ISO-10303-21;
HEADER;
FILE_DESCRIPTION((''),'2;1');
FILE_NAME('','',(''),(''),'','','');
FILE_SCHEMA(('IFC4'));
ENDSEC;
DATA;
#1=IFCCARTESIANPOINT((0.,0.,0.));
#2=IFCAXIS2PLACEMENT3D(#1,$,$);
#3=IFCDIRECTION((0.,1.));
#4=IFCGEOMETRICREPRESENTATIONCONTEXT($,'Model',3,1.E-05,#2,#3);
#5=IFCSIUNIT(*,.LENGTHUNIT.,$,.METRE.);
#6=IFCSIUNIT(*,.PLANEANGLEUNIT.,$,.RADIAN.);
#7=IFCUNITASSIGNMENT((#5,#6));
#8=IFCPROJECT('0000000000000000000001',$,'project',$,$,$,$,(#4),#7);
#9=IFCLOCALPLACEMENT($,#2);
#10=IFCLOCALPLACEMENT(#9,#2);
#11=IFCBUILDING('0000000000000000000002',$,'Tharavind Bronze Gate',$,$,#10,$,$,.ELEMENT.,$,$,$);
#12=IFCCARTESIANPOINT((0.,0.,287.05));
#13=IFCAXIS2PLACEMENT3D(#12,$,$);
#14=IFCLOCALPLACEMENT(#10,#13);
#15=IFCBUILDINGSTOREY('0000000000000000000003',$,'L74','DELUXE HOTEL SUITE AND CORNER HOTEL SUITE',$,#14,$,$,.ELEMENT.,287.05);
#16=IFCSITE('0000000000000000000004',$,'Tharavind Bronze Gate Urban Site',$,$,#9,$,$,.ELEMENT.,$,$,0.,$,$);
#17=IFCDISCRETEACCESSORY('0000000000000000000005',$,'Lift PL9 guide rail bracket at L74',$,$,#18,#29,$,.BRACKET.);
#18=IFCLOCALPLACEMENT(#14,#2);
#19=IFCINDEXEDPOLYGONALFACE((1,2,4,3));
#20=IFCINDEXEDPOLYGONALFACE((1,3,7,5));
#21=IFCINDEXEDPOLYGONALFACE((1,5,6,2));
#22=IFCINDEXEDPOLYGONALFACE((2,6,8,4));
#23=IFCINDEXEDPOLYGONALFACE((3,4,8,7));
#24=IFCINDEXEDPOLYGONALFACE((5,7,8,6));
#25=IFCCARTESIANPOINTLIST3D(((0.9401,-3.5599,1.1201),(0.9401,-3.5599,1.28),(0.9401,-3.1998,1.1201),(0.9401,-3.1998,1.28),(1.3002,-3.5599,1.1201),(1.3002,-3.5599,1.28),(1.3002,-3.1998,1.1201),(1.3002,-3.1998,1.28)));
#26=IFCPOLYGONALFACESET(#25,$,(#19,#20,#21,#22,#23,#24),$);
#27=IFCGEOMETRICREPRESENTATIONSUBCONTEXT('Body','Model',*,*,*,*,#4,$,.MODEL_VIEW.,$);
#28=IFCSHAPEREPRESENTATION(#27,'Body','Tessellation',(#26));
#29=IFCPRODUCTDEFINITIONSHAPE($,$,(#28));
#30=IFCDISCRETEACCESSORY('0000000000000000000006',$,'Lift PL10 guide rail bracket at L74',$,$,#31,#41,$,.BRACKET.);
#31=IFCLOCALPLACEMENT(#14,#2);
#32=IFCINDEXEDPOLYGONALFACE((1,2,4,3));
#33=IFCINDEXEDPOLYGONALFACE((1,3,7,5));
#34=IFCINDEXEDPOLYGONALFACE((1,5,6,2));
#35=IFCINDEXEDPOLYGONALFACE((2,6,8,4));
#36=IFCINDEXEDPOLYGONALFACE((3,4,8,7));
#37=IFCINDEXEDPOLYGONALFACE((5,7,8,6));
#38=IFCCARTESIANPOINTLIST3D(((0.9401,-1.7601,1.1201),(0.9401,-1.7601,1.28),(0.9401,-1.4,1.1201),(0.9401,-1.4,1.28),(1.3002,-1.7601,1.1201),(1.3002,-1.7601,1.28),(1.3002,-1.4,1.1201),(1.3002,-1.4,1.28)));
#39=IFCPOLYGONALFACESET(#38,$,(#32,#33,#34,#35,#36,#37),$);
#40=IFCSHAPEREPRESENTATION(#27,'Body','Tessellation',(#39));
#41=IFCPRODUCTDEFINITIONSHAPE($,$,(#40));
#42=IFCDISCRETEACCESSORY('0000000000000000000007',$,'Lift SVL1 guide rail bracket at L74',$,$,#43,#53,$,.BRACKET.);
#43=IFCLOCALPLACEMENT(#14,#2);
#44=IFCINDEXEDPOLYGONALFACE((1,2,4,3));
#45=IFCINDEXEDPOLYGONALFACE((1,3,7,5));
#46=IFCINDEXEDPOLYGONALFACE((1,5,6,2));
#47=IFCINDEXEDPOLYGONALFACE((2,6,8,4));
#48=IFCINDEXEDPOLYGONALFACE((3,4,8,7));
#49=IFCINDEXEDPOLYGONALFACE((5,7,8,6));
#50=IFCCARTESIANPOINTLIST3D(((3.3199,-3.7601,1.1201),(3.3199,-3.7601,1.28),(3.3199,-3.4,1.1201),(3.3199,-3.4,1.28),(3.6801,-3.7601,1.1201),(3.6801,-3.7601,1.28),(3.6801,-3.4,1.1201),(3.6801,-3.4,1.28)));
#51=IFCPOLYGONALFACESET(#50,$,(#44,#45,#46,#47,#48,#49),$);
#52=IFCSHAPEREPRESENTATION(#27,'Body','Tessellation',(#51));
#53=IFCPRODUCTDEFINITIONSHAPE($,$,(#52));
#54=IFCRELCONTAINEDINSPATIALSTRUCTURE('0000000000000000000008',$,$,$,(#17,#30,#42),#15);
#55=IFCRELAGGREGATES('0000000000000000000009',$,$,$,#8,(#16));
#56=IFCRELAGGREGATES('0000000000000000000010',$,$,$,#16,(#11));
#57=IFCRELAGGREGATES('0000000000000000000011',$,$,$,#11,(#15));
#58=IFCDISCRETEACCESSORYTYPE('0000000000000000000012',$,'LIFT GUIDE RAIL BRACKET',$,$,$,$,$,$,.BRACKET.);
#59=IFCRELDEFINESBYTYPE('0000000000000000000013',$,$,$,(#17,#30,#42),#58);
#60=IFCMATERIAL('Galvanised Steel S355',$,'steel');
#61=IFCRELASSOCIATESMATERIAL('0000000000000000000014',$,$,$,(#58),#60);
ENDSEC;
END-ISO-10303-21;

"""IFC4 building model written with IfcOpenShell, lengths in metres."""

from ifc_helpers import new_model, si_unit, direction, frame, origin, origin_2d, place, context, subcontext, project, spatial, rectangle, extrude, material, type_object, element, save


model = new_model("IFC4")

# Units and contexts
model_context = context("Model", 3, precision=1e-05, world=origin(), true_north=direction((0.0, 1.0)))
body_context = subcontext(model_context, "Body", "Model", "MODEL_VIEW")
ifc_project = project(units=[si_unit("LENGTHUNIT", "METRE"), si_unit("PLANEANGLEUNIT", "RADIAN")], contexts=[model_context])

# Site, building, storey
site_placement = place(None, origin())
site = spatial("IfcSite", under=ifc_project, at=site_placement, Name="Tharavind Bronze Gate Urban Site", CompositionType="ELEMENT", RefElevation=0.0)
building_placement = place(site_placement, origin())
building = spatial("IfcBuilding", under=site, at=building_placement, Name="Tharavind Bronze Gate", CompositionType="ELEMENT")
storey_placement = place(building_placement, frame((0.0, 0.0, 287.05)))
storey = spatial("IfcBuildingStorey", under=building, at=storey_placement, Name="L74", Description="DELUXE HOTEL SUITE AND CORNER HOTEL SUITE", CompositionType="ELEMENT", Elevation=287.05)

# Discrete accessories
ifc_material_1 = material(Name="Galvanised Steel S355", Category="steel")
discrete_accessory_type = type_object("IfcDiscreteAccessoryType", Name="LIFT GUIDE RAIL BRACKET", PredefinedType="BRACKET", material=ifc_material_1)
for number, where, z_axis, x_axis, name in (
    (1, (1.1201, -3.3799, 1.1201), (0.0, 0.0, 1.0), (1.0, 0.0, 0.0), "Lift PL9 guide rail bracket at L74"),
    (2, (1.1201, -1.5801, 1.1201), (0.0, 0.0, 1.0), (1.0, 0.0, 0.0), "Lift PL10 guide rail bracket at L74"),
    (3, (3.5, -3.5801, 1.1201), (0.0, 0.0, 1.0), (1.0, 0.0, 0.0), "Lift SVL1 guide rail bracket at L74"),
):
    element("IfcDiscreteAccessory", number, at=place(storey_placement, frame(where, z_axis=z_axis, x_axis=x_axis)), inside=storey, type_object=discrete_accessory_type, Name=name, PredefinedType="BRACKET", context=body_context, shape_type="SweptSolid", body=[
        extrude(rectangle(XDim=0.3601, YDim=0.3601, at=origin_2d()), origin(), (0.0, 0.0, 1.0), 0.1599),
    ])

save(model, "model.ifc")
